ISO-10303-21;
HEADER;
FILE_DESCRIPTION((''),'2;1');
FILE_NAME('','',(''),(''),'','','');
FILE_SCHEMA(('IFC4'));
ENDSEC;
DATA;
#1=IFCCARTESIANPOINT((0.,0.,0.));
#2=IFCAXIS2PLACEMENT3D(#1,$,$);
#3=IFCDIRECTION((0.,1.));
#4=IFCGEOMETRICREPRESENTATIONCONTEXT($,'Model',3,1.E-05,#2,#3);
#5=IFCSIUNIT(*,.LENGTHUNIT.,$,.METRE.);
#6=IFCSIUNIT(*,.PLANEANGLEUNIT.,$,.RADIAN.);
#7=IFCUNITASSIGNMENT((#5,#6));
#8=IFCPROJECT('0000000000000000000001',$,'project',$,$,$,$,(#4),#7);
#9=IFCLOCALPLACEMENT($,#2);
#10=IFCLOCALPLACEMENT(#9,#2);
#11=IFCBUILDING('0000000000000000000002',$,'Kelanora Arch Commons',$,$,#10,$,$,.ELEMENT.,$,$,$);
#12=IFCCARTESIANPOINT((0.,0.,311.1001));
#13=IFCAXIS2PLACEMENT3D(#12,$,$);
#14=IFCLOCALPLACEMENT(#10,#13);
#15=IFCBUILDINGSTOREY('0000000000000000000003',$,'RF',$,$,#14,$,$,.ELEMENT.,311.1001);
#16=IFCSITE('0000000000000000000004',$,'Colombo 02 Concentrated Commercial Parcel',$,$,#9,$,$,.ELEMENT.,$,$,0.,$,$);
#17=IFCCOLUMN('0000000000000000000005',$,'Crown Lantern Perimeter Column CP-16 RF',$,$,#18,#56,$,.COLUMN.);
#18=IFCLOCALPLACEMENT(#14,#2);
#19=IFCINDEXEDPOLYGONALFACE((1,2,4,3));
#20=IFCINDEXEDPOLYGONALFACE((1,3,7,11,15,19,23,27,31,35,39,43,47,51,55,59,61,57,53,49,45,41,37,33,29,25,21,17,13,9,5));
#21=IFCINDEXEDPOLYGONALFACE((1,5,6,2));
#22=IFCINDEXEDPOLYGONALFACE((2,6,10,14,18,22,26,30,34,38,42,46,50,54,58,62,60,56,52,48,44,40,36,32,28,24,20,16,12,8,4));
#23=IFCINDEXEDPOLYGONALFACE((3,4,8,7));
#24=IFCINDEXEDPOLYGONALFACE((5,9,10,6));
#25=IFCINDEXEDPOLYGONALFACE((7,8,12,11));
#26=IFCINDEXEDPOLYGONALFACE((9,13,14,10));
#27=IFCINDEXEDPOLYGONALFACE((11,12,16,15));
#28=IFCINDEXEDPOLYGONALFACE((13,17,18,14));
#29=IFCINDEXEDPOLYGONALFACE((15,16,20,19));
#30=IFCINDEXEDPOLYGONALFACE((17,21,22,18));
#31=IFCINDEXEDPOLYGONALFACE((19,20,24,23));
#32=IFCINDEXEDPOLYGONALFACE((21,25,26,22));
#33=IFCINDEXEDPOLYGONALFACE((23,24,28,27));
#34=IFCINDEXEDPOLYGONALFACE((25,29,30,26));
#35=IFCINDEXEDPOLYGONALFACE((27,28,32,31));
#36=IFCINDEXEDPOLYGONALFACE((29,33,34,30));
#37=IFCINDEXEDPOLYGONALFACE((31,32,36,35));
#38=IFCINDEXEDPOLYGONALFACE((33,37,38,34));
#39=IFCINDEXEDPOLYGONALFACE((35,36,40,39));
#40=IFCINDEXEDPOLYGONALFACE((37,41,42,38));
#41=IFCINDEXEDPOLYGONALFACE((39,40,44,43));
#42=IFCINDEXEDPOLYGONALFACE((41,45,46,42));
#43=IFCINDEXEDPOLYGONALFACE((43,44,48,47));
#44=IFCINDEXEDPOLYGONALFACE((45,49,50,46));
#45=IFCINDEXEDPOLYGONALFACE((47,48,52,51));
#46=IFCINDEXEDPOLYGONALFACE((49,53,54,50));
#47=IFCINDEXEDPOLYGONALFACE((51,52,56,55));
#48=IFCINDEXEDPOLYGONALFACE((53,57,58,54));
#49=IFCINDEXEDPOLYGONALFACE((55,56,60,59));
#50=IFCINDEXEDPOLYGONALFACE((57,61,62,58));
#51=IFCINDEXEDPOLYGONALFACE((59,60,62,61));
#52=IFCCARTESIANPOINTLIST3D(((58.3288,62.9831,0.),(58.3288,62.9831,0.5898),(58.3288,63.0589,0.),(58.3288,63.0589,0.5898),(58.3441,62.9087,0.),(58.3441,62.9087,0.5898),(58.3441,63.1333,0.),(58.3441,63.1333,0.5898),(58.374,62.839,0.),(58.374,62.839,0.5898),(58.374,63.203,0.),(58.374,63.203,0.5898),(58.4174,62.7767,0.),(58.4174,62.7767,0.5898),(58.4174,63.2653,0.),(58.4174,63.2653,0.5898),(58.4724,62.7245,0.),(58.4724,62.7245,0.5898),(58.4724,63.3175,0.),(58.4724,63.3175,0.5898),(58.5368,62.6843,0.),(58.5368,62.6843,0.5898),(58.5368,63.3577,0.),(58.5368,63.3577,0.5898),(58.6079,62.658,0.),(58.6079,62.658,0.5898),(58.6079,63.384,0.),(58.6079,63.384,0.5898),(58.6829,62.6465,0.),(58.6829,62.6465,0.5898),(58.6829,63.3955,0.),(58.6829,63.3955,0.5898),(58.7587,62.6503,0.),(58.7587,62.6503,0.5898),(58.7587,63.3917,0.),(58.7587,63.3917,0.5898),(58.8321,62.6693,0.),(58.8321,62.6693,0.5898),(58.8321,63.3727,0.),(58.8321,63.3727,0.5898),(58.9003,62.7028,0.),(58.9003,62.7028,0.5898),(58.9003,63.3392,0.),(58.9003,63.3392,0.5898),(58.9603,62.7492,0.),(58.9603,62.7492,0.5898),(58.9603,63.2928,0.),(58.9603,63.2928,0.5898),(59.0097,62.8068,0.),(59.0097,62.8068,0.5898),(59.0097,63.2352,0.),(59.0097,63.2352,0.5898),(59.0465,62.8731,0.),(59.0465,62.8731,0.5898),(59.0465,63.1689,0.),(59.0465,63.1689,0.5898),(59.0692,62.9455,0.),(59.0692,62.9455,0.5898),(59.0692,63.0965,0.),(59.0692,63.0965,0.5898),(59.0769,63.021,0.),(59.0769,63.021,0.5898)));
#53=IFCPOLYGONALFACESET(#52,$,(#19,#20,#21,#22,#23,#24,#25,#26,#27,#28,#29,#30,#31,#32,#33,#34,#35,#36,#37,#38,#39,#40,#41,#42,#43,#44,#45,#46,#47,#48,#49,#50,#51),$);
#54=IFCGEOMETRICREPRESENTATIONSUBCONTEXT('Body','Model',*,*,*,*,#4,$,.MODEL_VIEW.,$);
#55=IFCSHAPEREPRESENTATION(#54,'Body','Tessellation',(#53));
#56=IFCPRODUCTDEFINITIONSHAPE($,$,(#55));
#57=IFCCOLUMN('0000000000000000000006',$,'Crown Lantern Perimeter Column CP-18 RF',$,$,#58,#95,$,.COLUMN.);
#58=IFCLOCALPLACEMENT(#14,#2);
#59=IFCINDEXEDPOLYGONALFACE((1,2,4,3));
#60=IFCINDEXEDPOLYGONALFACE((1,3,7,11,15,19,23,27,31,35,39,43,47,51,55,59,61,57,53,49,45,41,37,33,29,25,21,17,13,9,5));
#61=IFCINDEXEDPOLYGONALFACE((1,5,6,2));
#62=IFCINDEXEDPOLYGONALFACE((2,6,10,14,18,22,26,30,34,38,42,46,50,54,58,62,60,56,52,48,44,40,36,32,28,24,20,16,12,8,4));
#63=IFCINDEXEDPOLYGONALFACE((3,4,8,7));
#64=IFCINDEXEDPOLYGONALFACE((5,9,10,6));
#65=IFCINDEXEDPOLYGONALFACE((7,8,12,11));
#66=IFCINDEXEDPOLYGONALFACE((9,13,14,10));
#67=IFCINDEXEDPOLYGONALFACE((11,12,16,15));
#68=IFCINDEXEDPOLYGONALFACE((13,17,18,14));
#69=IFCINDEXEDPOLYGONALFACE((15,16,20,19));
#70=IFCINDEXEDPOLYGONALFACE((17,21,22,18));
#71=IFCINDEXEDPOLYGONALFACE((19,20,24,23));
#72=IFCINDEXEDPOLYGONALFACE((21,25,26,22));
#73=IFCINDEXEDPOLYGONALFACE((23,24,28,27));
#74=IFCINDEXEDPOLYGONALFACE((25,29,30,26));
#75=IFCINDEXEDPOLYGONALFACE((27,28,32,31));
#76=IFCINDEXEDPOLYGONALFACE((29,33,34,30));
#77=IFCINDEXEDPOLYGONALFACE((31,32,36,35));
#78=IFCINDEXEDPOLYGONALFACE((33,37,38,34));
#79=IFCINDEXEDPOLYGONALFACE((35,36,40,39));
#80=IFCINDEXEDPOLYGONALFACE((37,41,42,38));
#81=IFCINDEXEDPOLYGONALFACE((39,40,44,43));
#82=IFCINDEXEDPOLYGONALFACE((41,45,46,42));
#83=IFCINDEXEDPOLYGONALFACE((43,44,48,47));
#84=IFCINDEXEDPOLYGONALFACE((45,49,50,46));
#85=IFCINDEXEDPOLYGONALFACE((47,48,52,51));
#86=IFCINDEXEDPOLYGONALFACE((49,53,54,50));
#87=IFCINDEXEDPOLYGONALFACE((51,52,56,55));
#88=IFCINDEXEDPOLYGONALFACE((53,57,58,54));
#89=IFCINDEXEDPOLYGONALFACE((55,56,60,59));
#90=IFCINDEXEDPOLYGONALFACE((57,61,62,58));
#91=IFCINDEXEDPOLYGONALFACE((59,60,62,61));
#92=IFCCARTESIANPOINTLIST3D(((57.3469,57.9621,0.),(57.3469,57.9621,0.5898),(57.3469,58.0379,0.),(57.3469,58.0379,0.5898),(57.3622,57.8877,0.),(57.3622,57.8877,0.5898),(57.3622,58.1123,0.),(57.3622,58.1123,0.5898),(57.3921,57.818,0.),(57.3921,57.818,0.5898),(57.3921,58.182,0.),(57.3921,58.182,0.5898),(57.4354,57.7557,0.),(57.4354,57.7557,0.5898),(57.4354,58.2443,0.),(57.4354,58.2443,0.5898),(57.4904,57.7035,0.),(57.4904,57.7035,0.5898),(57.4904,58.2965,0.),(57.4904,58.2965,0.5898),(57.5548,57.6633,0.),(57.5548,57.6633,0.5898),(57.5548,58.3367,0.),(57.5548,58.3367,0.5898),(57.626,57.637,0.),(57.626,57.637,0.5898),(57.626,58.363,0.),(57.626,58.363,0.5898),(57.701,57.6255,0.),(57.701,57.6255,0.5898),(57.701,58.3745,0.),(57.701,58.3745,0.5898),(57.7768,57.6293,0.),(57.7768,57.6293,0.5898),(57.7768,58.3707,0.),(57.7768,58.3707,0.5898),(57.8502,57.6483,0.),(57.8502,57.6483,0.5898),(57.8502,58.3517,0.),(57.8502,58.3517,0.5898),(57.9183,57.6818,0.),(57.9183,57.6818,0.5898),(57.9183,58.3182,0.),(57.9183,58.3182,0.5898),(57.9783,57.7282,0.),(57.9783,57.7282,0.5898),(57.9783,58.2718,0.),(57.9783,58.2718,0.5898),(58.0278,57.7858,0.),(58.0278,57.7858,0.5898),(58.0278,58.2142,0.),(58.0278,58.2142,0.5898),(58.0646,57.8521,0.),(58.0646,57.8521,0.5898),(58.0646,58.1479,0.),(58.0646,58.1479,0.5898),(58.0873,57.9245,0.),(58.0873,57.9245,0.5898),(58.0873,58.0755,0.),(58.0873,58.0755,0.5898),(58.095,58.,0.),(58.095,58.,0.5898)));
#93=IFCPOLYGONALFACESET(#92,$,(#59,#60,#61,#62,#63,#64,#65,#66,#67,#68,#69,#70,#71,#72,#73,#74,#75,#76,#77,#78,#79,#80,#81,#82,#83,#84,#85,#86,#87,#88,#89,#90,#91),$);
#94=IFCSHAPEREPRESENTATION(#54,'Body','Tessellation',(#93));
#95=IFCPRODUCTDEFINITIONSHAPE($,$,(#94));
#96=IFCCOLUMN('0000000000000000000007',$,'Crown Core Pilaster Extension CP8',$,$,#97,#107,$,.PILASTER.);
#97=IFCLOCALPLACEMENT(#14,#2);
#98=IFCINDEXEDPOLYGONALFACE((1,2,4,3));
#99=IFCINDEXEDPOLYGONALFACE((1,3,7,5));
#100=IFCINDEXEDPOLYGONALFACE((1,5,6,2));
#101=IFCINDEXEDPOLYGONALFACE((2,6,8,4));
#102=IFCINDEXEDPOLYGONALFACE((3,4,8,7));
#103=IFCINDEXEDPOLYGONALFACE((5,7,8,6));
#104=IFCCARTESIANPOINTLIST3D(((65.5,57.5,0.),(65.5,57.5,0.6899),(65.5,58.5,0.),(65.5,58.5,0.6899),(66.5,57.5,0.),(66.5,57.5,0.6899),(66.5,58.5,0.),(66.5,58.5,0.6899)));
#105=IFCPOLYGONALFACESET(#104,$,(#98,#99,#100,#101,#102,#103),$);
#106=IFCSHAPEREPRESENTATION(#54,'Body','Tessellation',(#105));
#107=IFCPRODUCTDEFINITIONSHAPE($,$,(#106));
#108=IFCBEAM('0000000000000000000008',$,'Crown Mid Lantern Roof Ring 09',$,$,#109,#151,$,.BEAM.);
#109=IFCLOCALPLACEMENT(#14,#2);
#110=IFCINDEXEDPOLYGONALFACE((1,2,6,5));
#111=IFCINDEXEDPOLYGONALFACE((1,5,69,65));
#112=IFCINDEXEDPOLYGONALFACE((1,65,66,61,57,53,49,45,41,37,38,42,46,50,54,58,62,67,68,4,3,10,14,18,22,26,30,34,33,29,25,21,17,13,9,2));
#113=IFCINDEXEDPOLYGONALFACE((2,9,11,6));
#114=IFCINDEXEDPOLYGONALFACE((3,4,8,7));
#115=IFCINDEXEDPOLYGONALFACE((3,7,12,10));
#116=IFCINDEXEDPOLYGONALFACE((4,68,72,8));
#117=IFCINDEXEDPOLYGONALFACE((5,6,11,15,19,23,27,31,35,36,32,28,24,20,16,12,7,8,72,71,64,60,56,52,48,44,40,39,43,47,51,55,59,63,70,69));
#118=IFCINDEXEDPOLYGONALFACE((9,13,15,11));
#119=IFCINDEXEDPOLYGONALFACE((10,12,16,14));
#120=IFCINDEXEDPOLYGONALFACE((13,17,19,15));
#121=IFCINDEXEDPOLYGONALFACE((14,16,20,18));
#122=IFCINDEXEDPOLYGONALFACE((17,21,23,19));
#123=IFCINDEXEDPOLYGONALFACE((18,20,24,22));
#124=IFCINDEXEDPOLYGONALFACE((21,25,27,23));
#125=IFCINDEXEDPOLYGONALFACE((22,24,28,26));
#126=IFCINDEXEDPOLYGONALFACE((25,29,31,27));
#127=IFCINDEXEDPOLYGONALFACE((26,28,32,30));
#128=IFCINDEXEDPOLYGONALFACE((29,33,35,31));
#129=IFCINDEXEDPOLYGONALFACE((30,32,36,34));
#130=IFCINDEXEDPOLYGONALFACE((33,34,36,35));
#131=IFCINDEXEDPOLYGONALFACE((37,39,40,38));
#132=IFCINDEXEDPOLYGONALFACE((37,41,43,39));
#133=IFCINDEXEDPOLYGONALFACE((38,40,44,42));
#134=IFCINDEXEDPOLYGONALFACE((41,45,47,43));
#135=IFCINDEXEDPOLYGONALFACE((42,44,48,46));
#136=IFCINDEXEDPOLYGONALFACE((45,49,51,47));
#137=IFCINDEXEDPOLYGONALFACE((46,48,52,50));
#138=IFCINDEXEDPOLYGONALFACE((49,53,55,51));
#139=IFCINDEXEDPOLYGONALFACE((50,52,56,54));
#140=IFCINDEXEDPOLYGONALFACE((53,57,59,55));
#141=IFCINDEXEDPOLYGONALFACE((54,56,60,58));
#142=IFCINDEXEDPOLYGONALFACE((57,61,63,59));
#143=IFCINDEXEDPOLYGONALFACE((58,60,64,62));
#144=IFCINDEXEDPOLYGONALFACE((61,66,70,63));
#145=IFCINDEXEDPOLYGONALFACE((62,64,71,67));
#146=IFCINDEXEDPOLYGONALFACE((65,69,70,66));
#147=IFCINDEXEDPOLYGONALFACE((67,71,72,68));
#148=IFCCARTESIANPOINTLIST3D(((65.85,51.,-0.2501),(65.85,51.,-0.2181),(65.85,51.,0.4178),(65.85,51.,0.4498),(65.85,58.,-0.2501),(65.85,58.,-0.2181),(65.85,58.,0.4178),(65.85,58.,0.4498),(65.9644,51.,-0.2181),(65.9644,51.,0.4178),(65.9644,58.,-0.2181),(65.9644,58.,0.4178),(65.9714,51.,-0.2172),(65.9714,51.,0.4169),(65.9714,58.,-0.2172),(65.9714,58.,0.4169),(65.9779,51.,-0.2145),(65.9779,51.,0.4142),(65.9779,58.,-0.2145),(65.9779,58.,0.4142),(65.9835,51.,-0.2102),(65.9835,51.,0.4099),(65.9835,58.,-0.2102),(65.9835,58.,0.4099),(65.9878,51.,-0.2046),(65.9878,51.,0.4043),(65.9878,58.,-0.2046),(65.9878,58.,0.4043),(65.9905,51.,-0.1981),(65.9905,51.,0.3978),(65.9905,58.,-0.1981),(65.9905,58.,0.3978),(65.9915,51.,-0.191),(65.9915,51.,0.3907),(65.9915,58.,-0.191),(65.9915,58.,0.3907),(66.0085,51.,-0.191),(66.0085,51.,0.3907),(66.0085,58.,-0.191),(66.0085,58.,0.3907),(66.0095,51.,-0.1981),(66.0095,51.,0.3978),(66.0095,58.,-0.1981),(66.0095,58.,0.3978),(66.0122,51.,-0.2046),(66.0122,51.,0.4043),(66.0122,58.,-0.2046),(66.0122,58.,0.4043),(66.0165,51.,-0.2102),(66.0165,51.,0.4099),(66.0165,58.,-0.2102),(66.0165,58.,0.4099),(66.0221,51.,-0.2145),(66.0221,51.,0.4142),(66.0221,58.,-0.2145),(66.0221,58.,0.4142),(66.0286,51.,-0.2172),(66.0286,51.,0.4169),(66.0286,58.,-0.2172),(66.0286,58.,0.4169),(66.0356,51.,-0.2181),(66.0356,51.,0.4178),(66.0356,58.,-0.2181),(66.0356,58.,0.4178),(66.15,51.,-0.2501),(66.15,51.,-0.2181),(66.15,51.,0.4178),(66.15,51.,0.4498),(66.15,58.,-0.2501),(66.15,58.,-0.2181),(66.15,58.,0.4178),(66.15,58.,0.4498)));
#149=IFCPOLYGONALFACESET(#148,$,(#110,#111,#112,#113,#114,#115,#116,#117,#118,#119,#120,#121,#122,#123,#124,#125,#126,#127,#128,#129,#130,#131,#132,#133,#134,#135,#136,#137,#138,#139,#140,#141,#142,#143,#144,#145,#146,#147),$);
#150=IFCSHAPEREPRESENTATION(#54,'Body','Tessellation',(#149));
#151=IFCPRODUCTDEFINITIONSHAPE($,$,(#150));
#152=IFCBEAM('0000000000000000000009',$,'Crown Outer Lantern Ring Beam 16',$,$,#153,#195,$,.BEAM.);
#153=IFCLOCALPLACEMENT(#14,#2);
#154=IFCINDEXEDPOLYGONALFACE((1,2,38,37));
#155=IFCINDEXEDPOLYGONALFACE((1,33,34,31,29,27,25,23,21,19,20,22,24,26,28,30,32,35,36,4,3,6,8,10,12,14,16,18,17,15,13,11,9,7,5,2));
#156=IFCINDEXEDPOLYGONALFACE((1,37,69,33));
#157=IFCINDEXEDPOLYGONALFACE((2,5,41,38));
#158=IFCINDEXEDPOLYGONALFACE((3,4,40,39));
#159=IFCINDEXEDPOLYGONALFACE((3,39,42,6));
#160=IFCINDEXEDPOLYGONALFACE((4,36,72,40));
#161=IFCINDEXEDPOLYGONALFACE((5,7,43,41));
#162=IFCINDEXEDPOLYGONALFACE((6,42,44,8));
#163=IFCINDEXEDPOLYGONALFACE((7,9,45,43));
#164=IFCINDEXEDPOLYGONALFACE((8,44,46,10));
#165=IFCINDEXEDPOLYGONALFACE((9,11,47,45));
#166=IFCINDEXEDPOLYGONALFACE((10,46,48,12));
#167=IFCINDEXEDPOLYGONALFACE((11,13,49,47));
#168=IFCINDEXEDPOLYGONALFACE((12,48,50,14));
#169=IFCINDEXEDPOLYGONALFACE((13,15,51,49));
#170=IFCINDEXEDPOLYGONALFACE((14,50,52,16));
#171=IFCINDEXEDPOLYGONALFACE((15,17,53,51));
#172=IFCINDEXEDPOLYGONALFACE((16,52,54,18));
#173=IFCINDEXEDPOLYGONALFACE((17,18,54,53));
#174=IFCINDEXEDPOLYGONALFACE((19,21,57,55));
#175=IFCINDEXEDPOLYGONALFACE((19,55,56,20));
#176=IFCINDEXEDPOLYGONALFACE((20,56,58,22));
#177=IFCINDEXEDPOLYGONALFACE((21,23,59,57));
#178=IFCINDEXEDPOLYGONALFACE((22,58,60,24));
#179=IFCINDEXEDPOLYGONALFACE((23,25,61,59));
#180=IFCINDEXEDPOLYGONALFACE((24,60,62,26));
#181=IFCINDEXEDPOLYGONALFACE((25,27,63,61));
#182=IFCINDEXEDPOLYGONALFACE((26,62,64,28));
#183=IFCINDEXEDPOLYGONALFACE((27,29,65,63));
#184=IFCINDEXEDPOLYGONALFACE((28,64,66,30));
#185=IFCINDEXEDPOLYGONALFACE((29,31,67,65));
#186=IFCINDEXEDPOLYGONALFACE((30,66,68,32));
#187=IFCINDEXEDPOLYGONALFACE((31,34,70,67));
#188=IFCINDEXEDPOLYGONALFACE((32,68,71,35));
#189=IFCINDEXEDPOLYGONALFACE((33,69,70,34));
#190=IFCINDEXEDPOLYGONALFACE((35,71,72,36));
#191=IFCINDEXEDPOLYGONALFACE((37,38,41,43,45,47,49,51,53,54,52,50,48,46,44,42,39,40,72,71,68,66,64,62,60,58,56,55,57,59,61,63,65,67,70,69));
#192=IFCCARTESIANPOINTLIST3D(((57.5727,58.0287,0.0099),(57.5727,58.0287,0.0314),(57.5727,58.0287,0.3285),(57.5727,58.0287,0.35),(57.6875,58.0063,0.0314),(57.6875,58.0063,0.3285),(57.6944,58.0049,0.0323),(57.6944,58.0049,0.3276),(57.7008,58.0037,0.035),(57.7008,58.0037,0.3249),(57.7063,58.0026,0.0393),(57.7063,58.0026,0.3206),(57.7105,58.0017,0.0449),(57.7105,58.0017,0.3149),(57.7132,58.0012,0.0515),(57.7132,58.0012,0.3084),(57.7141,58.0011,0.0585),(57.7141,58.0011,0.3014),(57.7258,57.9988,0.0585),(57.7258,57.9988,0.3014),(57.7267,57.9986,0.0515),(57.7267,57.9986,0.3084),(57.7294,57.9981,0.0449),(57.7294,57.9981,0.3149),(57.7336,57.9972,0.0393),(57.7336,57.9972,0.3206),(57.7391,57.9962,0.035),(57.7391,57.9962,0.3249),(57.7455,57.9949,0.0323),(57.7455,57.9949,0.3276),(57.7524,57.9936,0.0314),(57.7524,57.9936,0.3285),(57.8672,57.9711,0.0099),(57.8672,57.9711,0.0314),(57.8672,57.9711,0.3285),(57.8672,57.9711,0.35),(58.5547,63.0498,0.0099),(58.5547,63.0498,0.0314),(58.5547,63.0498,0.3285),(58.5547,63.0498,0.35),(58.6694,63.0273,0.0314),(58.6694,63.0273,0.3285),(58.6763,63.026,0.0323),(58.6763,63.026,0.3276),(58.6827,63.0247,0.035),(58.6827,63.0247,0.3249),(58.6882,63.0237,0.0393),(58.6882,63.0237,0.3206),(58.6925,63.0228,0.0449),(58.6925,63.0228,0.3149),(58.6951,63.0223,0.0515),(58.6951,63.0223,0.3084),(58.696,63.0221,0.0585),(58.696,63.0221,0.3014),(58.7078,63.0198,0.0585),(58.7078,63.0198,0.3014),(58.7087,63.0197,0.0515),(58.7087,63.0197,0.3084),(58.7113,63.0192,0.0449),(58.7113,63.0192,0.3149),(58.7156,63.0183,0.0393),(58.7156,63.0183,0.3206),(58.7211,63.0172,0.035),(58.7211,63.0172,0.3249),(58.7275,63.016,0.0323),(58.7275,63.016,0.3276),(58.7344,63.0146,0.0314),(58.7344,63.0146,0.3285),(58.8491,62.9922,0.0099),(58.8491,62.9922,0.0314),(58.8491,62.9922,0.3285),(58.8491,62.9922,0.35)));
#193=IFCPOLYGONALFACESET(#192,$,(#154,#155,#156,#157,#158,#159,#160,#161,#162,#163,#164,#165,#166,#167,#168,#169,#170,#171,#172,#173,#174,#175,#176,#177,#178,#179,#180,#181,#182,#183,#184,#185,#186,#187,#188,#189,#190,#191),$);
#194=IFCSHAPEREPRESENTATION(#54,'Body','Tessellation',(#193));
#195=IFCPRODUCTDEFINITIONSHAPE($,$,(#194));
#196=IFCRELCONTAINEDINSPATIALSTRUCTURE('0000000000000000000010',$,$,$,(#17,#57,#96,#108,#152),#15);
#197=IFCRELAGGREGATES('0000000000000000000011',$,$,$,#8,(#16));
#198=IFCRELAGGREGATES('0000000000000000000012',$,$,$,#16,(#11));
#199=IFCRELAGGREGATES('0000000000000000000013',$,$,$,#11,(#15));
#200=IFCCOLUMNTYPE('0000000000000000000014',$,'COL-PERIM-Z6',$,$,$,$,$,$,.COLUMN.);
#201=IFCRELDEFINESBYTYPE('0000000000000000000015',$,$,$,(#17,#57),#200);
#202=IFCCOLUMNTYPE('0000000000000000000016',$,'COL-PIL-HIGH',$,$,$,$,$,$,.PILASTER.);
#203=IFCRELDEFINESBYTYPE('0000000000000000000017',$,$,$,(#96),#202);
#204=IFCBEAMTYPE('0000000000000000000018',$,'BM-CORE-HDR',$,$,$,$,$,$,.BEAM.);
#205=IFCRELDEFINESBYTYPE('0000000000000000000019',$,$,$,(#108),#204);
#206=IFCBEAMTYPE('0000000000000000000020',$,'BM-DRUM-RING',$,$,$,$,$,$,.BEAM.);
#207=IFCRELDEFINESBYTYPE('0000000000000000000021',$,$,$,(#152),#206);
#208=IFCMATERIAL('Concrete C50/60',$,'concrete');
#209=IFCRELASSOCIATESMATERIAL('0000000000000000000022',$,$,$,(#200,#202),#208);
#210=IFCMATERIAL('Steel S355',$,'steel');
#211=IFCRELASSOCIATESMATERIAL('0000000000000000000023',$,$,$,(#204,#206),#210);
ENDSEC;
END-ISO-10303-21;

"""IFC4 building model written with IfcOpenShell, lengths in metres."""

from ifc_helpers import new_model, si_unit, direction, frame, origin, origin_2d, place, context, subcontext, project, spatial, rectangle, circle, i_section, extrude, material, material_profile, profile_set, type_object, element, save


model = new_model("IFC4")

# Units and contexts
model_context = context("Model", 3, precision=1e-05, world=origin(), true_north=direction((0.0, 1.0)))
body_context = subcontext(model_context, "Body", "Model", "MODEL_VIEW")
ifc_project = project(units=[si_unit("LENGTHUNIT", "METRE"), si_unit("PLANEANGLEUNIT", "RADIAN")], contexts=[model_context])

# Site, building, storey
site_placement = place(None, origin())
site = spatial("IfcSite", under=ifc_project, at=site_placement, Name="Colombo 02 Concentrated Commercial Parcel", CompositionType="ELEMENT", RefElevation=0.0)
building_placement = place(site_placement, origin())
building = spatial("IfcBuilding", under=site, at=building_placement, Name="Kelanora Arch Commons", CompositionType="ELEMENT")
storey_placement = place(building_placement, frame((0.0, 0.0, 311.1001)))
storey = spatial("IfcBuildingStorey", under=building, at=storey_placement, Name="RF", CompositionType="ELEMENT", Elevation=311.1001)

# Columns
ifc_material_1 = material(Name="Concrete C50/60", Category="concrete")
ifc_material_profile_1 = material_profile(ifc_material_1, circle(Radius=0.375, at=origin_2d()), Name="RCC750")
ifc_profile_set_1 = profile_set([ifc_material_profile_1], Name="Concrete C50/60")
column_type_1 = type_object("IfcColumnType", Name="COL-PERIM-Z6", PredefinedType="COLUMN", material=ifc_profile_set_1)
for number, where, z_axis, x_axis, name in (
    (1, (58.7019, 63.021, 0.0), (0.0, 0.0, 1.0), (1.0, 0.0, 0.0), "Crown Lantern Perimeter Column CP-16 RF"),
    (2, (57.72, 58.0, 0.0), (0.0, 0.0, 1.0), (1.0, 0.0, 0.0), "Crown Lantern Perimeter Column CP-18 RF"),
):
    element("IfcColumn", number, at=place(storey_placement, frame(where, z_axis=z_axis, x_axis=x_axis)), inside=storey, type_object=column_type_1, Name=name, PredefinedType="COLUMN", context=body_context, shape_type="SweptSolid", body=[
        extrude(circle(Radius=0.375, at=origin_2d()), origin(), (0.0, 0.0, 1.0), 0.5898),
    ])
ifc_material_profile_2 = material_profile(ifc_material_1, rectangle(XDim=1.0, YDim=1.0, at=origin_2d()), Name="RC1000x1000")
ifc_profile_set_2 = profile_set([ifc_material_profile_2], Name="Concrete C50/60")
column_type_2 = type_object("IfcColumnType", Name="COL-PIL-HIGH", PredefinedType="PILASTER", material=ifc_profile_set_2)
column_placement = place(storey_placement, frame((66.0, 58.0, 0.0), z_axis=(0.0, 0.0, 1.0), x_axis=(1.0, 0.0, 0.0)))
element("IfcColumn", 3, at=column_placement, inside=storey, type_object=column_type_2, Name="Crown Core Pilaster Extension CP8", PredefinedType="PILASTER", context=body_context, shape_type="SweptSolid", body=[
    extrude(rectangle(XDim=1.0, YDim=1.0, at=origin_2d()), origin(), (0.0, 0.0, 1.0), 0.6899),
])

# Beams
ifc_material_2 = material(Name="Steel S355", Category="steel")
ifc_material_profile_3 = material_profile(ifc_material_2, i_section(OverallWidth=0.3, OverallDepth=0.7, WebThickness=0.0171, FlangeThickness=0.032, FilletRadius=0.0271, at=origin_2d()), Name="HEB700")
ifc_profile_set_3 = profile_set([ifc_material_profile_3], Name="Steel S355")
beam_type_1 = type_object("IfcBeamType", Name="BM-CORE-HDR", PredefinedType="BEAM", material=ifc_profile_set_3)
beam_1_placement = place(storey_placement, frame((66.0, 58.0, 0.0999), z_axis=(0.0, -1.0, 0.0), x_axis=(1.0, 0.0, 0.0)))
element("IfcBeam", 4, at=beam_1_placement, inside=storey, type_object=beam_type_1, Name="Crown Mid Lantern Roof Ring 09", PredefinedType="BEAM", context=body_context, shape_type="SweptSolid", body=[
    extrude(i_section(OverallWidth=0.3, OverallDepth=0.7, WebThickness=0.0171, FlangeThickness=0.032, FilletRadius=0.0271, at=origin_2d()), origin(), (0.0, 0.0, 1.0), 7.0),
])
ifc_material_profile_4 = material_profile(ifc_material_2, i_section(OverallWidth=0.3, OverallDepth=0.3401, WebThickness=0.012, FlangeThickness=0.0215, FilletRadius=0.0271, at=origin_2d()), Name="HEB340")
ifc_profile_set_4 = profile_set([ifc_material_profile_4], Name="Steel S355")
beam_type_2 = type_object("IfcBeamType", Name="BM-DRUM-RING", PredefinedType="BEAM", material=ifc_profile_set_4)
for number, where, z_axis, x_axis, name in (
    (5, (58.7019, 63.021, 0.1799), (-0.19193, -0.981409, 0.0), (0.981409, -0.19193, 0.0), "Crown Outer Lantern Ring Beam 16"),
):
    element("IfcBeam", number, at=place(storey_placement, frame(where, z_axis=z_axis, x_axis=x_axis)), inside=storey, type_object=beam_type_2, Name=name, PredefinedType="BEAM", context=body_context, shape_type="SweptSolid", body=[
        extrude(i_section(OverallWidth=0.3, OverallDepth=0.3401, WebThickness=0.012, FlangeThickness=0.0215, FilletRadius=0.0271, at=origin_2d()), origin(), (0.0, 0.0, 1.0), 5.1162),
    ])

save(model, "model.ifc")
